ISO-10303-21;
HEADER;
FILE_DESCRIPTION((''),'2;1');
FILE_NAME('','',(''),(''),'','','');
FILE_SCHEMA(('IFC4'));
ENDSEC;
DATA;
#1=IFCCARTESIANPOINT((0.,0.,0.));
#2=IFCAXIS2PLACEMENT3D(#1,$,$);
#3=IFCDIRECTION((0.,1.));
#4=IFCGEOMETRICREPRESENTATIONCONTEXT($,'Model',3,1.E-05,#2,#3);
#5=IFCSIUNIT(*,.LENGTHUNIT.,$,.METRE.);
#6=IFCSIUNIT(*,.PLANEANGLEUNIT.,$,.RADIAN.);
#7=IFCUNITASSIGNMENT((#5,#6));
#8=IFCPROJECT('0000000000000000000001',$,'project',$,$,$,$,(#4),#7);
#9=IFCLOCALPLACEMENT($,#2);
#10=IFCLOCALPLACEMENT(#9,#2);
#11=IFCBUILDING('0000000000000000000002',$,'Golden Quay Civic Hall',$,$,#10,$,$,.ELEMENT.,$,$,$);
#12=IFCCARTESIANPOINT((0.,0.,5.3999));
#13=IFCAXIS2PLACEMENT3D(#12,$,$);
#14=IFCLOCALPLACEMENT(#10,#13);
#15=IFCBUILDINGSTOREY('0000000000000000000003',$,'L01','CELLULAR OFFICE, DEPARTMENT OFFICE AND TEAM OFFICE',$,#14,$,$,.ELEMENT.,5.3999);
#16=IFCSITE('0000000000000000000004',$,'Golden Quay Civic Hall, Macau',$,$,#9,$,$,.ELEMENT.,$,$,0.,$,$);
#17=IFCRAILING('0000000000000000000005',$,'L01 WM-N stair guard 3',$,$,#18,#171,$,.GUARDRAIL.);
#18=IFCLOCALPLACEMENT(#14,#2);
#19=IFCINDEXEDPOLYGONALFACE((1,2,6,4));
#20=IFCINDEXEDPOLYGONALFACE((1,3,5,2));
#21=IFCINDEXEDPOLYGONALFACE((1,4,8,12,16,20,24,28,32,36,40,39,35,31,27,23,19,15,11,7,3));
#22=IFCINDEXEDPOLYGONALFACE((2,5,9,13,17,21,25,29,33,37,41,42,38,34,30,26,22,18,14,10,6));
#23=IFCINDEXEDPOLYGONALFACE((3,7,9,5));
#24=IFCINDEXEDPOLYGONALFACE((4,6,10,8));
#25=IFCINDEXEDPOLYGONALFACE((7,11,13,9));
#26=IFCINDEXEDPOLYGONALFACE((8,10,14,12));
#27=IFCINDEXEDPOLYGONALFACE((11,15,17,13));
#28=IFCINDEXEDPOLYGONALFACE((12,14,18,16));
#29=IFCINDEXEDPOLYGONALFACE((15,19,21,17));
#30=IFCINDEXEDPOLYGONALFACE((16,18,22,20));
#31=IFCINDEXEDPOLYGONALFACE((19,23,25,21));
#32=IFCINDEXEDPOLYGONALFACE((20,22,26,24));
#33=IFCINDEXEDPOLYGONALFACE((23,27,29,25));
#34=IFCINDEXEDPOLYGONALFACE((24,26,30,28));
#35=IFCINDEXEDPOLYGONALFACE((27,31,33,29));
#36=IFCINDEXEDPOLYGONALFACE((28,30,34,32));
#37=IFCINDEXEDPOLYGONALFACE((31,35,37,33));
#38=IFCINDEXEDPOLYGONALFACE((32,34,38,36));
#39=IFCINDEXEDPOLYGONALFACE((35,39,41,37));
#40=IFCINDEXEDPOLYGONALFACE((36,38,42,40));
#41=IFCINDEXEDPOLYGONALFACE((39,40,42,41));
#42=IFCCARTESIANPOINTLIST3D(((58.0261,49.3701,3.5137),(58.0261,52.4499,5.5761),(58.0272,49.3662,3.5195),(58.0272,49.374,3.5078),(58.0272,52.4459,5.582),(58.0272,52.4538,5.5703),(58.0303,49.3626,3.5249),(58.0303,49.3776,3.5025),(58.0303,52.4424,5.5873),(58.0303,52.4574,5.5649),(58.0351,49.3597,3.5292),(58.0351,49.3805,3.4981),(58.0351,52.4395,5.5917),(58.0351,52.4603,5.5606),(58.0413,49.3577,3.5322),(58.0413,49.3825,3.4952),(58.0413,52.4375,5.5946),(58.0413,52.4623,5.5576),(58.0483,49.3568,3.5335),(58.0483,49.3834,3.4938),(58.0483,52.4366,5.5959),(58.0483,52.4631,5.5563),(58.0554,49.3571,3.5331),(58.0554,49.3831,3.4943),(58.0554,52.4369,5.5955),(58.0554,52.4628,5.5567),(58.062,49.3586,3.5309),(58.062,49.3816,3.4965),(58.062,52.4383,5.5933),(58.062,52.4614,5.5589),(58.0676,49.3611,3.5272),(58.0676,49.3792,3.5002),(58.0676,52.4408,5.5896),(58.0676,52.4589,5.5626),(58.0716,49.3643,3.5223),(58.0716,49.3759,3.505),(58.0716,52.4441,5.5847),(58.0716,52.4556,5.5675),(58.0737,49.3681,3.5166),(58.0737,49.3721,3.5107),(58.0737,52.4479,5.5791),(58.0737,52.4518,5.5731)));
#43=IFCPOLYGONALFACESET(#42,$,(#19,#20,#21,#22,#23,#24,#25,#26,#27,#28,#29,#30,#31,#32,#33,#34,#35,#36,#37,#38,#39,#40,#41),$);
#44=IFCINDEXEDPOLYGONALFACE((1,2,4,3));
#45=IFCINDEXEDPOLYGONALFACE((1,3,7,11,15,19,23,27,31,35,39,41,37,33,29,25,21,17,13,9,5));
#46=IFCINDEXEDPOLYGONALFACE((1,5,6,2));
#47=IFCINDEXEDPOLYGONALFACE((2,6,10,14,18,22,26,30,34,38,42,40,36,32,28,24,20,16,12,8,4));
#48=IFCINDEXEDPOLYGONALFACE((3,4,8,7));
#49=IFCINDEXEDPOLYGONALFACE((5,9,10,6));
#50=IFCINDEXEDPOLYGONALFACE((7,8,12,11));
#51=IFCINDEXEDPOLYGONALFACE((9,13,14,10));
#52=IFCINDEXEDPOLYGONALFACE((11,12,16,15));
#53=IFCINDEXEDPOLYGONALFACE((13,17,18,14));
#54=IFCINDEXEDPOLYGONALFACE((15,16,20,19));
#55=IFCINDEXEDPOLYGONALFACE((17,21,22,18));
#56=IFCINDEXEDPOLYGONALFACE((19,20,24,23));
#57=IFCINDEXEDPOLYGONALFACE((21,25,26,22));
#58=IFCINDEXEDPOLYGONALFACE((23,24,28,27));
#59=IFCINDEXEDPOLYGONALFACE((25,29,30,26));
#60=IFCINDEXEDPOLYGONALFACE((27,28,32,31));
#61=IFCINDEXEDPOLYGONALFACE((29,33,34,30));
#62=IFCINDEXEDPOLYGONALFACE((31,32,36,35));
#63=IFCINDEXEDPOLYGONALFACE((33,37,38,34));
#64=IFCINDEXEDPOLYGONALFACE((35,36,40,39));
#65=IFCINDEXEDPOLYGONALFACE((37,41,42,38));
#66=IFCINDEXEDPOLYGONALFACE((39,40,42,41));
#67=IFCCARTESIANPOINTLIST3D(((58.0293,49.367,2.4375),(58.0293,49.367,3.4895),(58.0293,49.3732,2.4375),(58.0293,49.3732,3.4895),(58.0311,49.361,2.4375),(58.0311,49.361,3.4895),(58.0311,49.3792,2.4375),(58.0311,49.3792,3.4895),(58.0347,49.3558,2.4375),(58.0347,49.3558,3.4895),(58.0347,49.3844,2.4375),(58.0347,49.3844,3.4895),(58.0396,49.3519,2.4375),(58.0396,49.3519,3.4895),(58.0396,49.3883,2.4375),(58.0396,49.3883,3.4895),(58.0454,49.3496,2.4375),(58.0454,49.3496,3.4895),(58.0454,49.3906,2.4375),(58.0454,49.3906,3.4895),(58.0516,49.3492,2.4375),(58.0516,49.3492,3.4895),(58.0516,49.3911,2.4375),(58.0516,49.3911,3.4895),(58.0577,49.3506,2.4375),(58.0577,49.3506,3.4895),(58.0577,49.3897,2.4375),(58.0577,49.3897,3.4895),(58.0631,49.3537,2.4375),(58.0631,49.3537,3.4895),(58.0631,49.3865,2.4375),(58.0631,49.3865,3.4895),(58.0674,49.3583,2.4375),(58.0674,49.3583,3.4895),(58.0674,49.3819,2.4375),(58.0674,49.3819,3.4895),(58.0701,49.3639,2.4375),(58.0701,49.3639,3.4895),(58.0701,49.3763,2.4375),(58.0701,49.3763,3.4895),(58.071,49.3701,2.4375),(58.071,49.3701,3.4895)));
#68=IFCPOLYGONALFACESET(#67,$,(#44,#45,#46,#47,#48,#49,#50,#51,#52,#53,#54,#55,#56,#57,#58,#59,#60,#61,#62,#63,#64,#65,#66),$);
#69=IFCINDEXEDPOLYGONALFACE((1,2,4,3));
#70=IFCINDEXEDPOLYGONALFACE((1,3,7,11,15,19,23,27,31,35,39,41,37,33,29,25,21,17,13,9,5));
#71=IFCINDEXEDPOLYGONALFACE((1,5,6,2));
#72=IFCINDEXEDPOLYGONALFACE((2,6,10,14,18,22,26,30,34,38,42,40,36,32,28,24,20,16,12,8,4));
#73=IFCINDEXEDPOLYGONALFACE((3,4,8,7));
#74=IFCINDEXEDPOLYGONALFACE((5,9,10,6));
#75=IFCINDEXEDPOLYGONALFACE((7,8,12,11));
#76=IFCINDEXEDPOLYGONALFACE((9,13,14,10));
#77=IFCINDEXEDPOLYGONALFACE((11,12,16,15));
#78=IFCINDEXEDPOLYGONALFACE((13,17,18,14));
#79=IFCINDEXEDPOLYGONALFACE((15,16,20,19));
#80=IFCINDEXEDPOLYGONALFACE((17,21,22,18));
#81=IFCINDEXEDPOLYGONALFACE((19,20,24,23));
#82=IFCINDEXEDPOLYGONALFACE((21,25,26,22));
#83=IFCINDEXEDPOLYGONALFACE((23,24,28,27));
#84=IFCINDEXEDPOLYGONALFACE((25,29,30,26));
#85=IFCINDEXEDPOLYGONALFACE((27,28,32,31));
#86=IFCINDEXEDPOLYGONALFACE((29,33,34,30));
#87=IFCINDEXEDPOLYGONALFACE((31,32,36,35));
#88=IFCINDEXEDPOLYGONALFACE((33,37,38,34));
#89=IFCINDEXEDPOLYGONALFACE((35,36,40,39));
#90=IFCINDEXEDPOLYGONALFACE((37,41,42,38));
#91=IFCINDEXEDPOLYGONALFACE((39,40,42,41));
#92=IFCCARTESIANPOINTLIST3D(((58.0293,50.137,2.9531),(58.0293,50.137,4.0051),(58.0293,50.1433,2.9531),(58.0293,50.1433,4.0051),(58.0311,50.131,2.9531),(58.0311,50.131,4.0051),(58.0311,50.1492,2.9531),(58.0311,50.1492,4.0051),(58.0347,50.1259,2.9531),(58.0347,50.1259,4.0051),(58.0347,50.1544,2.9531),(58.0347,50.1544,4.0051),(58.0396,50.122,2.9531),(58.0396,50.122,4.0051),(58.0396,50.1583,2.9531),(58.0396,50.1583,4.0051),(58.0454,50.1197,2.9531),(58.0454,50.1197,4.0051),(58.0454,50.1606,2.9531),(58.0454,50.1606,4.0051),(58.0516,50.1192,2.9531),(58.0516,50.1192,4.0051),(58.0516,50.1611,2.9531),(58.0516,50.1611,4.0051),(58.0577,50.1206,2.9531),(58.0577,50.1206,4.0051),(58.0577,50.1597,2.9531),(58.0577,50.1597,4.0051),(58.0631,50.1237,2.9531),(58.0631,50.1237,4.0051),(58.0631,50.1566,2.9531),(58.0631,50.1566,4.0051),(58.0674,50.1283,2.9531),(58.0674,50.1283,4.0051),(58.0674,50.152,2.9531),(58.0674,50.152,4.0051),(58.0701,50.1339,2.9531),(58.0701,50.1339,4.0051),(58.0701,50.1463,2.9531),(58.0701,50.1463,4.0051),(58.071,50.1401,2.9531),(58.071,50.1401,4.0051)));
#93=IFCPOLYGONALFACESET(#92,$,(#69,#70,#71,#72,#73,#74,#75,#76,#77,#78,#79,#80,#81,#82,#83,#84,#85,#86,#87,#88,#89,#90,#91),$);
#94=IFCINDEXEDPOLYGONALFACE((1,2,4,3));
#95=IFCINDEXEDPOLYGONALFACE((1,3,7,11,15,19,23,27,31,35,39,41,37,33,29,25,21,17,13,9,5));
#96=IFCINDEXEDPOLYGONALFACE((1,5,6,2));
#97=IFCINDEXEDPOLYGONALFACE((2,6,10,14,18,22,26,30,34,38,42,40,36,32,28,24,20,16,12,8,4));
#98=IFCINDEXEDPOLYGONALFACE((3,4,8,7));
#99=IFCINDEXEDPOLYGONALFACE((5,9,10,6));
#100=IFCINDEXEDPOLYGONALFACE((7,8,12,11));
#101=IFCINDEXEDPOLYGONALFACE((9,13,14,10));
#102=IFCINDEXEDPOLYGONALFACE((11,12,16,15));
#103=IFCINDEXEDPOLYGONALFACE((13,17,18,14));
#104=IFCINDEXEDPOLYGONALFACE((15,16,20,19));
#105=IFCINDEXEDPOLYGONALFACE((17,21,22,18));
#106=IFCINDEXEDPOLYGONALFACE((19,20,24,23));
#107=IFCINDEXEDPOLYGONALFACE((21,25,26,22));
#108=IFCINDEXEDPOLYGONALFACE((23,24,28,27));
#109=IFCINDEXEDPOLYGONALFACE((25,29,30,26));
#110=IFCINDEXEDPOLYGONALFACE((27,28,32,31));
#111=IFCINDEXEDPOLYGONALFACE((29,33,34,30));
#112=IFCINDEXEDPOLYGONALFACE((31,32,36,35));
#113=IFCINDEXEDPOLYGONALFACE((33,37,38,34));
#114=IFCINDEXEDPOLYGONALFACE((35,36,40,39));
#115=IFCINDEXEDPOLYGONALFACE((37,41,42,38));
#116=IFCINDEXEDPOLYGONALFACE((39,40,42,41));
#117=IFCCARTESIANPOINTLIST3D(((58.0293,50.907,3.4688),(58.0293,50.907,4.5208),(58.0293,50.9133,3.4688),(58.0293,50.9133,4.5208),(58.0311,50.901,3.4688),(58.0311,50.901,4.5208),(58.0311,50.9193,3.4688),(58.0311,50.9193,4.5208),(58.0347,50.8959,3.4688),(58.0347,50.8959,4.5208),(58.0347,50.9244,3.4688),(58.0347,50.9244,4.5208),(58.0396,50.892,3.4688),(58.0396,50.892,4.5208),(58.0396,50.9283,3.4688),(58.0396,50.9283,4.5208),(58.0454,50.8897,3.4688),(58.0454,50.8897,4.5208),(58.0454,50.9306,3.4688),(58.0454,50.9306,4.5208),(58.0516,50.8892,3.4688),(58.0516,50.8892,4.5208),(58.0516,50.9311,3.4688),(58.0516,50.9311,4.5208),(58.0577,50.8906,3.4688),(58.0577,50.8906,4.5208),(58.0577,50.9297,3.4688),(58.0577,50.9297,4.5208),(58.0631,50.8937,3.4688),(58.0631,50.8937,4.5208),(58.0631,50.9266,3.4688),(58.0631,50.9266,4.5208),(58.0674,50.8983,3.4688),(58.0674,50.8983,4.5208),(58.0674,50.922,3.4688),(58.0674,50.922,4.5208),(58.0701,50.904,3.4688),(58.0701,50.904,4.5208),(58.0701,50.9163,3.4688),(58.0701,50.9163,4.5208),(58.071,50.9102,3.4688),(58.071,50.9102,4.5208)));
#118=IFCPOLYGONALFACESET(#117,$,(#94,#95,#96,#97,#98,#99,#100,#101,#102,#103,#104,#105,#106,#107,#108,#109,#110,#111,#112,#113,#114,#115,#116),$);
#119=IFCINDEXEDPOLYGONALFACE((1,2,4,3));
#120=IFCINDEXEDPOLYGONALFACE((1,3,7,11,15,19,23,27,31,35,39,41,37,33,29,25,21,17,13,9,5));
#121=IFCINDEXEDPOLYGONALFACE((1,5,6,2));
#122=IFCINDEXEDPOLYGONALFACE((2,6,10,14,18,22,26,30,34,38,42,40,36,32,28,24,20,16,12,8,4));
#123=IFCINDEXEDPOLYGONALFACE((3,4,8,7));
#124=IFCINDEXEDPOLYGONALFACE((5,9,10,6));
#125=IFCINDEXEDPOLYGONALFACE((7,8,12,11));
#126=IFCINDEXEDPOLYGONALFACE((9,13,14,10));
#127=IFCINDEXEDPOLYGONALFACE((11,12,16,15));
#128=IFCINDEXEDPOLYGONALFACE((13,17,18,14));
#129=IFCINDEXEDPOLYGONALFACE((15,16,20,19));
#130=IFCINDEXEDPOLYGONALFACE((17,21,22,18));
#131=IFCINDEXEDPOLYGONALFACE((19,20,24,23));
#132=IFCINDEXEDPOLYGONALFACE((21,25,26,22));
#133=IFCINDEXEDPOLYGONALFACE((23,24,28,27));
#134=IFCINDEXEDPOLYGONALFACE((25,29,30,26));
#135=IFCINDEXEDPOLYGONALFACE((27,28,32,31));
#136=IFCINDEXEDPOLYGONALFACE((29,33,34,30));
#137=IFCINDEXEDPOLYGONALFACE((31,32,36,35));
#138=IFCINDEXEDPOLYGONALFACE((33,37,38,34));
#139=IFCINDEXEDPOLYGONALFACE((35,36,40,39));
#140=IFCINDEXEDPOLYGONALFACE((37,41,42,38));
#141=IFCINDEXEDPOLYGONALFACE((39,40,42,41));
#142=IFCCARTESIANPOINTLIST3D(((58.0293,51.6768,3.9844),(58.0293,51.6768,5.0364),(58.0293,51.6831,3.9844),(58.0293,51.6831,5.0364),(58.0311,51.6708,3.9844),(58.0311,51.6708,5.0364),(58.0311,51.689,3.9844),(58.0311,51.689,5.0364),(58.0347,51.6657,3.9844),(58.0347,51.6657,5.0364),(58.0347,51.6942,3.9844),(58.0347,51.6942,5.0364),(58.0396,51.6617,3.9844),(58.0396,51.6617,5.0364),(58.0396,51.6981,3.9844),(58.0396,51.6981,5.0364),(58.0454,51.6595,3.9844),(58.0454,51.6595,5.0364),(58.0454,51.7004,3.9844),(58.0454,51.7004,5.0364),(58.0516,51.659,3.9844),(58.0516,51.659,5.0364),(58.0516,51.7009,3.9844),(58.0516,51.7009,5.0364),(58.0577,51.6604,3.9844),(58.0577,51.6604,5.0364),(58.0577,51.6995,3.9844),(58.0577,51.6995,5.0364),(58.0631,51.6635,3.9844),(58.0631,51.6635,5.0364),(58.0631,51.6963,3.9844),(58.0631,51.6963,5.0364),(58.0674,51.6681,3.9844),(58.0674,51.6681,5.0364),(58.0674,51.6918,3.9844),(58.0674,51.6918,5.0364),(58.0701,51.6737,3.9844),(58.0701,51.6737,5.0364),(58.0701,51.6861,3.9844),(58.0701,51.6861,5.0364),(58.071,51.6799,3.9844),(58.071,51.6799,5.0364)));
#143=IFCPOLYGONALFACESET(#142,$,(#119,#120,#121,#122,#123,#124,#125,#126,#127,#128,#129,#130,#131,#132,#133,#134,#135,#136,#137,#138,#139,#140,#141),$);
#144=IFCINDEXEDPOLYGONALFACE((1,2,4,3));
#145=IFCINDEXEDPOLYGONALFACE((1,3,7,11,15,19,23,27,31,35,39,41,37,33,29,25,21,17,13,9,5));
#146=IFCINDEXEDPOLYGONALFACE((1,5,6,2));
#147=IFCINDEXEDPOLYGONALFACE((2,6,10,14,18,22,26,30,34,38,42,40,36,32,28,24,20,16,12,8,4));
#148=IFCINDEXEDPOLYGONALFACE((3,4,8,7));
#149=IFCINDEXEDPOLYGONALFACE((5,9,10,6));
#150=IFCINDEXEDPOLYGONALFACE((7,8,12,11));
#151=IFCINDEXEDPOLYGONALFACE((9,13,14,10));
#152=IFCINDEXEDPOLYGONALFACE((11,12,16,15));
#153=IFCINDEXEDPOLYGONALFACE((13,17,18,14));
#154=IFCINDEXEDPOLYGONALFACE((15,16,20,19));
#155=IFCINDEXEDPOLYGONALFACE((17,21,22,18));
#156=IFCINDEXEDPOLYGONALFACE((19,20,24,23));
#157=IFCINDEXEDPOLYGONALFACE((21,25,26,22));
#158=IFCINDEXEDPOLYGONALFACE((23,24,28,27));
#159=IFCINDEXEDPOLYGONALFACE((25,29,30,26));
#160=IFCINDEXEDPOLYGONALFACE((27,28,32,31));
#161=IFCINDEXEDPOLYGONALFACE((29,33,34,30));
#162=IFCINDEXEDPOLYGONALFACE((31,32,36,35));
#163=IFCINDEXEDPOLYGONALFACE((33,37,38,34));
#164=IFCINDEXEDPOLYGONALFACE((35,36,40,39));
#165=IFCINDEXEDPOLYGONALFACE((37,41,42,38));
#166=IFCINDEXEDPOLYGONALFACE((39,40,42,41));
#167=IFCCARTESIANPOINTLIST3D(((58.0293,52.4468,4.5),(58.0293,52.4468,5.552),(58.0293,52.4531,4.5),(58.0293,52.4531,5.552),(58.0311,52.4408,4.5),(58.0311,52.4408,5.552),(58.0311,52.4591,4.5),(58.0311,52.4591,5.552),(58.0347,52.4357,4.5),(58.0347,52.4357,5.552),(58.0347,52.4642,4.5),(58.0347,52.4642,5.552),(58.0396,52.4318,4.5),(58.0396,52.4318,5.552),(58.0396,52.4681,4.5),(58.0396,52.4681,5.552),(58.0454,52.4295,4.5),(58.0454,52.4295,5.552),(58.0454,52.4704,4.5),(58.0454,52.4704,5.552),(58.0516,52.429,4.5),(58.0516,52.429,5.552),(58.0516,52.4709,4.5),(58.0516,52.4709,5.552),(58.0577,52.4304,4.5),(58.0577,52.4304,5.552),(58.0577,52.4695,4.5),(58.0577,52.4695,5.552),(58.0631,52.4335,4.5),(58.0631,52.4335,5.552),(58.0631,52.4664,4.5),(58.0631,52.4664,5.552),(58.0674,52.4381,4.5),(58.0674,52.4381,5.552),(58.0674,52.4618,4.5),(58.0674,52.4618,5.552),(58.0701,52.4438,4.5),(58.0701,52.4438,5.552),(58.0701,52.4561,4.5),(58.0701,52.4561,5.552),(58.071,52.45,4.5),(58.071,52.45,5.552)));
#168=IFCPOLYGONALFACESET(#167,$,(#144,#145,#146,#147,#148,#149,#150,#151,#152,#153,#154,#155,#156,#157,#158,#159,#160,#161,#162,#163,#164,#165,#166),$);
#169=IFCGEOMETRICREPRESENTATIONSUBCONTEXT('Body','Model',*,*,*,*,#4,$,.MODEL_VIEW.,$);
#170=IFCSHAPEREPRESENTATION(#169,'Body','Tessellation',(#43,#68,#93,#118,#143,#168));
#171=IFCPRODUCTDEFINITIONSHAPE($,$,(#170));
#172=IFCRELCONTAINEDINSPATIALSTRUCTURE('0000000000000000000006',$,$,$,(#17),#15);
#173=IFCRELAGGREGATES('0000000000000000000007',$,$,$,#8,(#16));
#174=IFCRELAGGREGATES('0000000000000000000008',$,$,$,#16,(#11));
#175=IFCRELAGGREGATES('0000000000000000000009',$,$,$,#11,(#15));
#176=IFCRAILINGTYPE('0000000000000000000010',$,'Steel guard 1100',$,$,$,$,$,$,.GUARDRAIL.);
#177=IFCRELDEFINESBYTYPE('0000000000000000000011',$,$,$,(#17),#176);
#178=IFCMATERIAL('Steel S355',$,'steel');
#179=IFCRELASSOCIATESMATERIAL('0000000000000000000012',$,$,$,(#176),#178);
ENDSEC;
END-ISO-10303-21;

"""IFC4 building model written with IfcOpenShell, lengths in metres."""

from ifc_helpers import new_model, si_unit, direction, frame, origin, origin_2d, place, context, subcontext, project, spatial, circle, extrude, material, type_object, element, save


model = new_model("IFC4")

# Units and contexts
model_context = context("Model", 3, precision=1e-05, world=origin(), true_north=direction((0.0, 1.0)))
body_context = subcontext(model_context, "Body", "Model", "MODEL_VIEW")
ifc_project = project(units=[si_unit("LENGTHUNIT", "METRE"), si_unit("PLANEANGLEUNIT", "RADIAN")], contexts=[model_context])

# Site, building, storey
site_placement = place(None, origin())
site = spatial("IfcSite", under=ifc_project, at=site_placement, Name="Golden Quay Civic Hall, Macau", CompositionType="ELEMENT", RefElevation=0.0)
building_placement = place(site_placement, origin())
building = spatial("IfcBuilding", under=site, at=building_placement, Name="Golden Quay Civic Hall", CompositionType="ELEMENT")
storey_placement = place(building_placement, frame((0.0, 0.0, 5.3999)))
storey = spatial("IfcBuildingStorey", under=building, at=storey_placement, Name="L01", Description="CELLULAR OFFICE, DEPARTMENT OFFICE AND TEAM OFFICE", CompositionType="ELEMENT", Elevation=5.3999)

# Railing
ifc_material_1 = material(Name="Steel S355", Category="steel")
railing_type_1 = type_object("IfcRailingType", Name="Steel guard 1100", PredefinedType="GUARDRAIL", material=ifc_material_1)
railing_1_placement = place(storey_placement, frame((58.05, 49.3701, 2.4375)))
element("IfcRailing", 1, at=railing_1_placement, inside=storey, type_object=railing_type_1, Name="L01 WM-N stair guard 3", PredefinedType="GUARDRAIL", context=body_context, shape_type="SweptSolid", body=[
    extrude(circle(Radius=0.0239, at=origin_2d()), frame((0.0, 0.0, 1.0762), z_axis=(0.0, 0.830893, 0.556432), x_axis=(-1.0, 0.0, 0.0)), (0.0, 0.0, 1.0), 3.7065),
    extrude(circle(Radius=0.021, at=origin_2d()), origin(), (0.0, 0.0, 1.0), 1.052),
    extrude(circle(Radius=0.021, at=origin_2d()), frame((0.0, 0.77, 0.5156)), (0.0, 0.0, 1.0), 1.052),
    extrude(circle(Radius=0.021, at=origin_2d()), frame((0.0, 1.54, 1.0312)), (0.0, 0.0, 1.0), 1.052),
    extrude(circle(Radius=0.021, at=origin_2d()), frame((0.0, 2.3098, 1.5469)), (0.0, 0.0, 1.0), 1.052),
    extrude(circle(Radius=0.021, at=origin_2d()), frame((0.0, 3.0798, 2.0625)), (0.0, 0.0, 1.0), 1.052),
])

save(model, "model.ifc")
